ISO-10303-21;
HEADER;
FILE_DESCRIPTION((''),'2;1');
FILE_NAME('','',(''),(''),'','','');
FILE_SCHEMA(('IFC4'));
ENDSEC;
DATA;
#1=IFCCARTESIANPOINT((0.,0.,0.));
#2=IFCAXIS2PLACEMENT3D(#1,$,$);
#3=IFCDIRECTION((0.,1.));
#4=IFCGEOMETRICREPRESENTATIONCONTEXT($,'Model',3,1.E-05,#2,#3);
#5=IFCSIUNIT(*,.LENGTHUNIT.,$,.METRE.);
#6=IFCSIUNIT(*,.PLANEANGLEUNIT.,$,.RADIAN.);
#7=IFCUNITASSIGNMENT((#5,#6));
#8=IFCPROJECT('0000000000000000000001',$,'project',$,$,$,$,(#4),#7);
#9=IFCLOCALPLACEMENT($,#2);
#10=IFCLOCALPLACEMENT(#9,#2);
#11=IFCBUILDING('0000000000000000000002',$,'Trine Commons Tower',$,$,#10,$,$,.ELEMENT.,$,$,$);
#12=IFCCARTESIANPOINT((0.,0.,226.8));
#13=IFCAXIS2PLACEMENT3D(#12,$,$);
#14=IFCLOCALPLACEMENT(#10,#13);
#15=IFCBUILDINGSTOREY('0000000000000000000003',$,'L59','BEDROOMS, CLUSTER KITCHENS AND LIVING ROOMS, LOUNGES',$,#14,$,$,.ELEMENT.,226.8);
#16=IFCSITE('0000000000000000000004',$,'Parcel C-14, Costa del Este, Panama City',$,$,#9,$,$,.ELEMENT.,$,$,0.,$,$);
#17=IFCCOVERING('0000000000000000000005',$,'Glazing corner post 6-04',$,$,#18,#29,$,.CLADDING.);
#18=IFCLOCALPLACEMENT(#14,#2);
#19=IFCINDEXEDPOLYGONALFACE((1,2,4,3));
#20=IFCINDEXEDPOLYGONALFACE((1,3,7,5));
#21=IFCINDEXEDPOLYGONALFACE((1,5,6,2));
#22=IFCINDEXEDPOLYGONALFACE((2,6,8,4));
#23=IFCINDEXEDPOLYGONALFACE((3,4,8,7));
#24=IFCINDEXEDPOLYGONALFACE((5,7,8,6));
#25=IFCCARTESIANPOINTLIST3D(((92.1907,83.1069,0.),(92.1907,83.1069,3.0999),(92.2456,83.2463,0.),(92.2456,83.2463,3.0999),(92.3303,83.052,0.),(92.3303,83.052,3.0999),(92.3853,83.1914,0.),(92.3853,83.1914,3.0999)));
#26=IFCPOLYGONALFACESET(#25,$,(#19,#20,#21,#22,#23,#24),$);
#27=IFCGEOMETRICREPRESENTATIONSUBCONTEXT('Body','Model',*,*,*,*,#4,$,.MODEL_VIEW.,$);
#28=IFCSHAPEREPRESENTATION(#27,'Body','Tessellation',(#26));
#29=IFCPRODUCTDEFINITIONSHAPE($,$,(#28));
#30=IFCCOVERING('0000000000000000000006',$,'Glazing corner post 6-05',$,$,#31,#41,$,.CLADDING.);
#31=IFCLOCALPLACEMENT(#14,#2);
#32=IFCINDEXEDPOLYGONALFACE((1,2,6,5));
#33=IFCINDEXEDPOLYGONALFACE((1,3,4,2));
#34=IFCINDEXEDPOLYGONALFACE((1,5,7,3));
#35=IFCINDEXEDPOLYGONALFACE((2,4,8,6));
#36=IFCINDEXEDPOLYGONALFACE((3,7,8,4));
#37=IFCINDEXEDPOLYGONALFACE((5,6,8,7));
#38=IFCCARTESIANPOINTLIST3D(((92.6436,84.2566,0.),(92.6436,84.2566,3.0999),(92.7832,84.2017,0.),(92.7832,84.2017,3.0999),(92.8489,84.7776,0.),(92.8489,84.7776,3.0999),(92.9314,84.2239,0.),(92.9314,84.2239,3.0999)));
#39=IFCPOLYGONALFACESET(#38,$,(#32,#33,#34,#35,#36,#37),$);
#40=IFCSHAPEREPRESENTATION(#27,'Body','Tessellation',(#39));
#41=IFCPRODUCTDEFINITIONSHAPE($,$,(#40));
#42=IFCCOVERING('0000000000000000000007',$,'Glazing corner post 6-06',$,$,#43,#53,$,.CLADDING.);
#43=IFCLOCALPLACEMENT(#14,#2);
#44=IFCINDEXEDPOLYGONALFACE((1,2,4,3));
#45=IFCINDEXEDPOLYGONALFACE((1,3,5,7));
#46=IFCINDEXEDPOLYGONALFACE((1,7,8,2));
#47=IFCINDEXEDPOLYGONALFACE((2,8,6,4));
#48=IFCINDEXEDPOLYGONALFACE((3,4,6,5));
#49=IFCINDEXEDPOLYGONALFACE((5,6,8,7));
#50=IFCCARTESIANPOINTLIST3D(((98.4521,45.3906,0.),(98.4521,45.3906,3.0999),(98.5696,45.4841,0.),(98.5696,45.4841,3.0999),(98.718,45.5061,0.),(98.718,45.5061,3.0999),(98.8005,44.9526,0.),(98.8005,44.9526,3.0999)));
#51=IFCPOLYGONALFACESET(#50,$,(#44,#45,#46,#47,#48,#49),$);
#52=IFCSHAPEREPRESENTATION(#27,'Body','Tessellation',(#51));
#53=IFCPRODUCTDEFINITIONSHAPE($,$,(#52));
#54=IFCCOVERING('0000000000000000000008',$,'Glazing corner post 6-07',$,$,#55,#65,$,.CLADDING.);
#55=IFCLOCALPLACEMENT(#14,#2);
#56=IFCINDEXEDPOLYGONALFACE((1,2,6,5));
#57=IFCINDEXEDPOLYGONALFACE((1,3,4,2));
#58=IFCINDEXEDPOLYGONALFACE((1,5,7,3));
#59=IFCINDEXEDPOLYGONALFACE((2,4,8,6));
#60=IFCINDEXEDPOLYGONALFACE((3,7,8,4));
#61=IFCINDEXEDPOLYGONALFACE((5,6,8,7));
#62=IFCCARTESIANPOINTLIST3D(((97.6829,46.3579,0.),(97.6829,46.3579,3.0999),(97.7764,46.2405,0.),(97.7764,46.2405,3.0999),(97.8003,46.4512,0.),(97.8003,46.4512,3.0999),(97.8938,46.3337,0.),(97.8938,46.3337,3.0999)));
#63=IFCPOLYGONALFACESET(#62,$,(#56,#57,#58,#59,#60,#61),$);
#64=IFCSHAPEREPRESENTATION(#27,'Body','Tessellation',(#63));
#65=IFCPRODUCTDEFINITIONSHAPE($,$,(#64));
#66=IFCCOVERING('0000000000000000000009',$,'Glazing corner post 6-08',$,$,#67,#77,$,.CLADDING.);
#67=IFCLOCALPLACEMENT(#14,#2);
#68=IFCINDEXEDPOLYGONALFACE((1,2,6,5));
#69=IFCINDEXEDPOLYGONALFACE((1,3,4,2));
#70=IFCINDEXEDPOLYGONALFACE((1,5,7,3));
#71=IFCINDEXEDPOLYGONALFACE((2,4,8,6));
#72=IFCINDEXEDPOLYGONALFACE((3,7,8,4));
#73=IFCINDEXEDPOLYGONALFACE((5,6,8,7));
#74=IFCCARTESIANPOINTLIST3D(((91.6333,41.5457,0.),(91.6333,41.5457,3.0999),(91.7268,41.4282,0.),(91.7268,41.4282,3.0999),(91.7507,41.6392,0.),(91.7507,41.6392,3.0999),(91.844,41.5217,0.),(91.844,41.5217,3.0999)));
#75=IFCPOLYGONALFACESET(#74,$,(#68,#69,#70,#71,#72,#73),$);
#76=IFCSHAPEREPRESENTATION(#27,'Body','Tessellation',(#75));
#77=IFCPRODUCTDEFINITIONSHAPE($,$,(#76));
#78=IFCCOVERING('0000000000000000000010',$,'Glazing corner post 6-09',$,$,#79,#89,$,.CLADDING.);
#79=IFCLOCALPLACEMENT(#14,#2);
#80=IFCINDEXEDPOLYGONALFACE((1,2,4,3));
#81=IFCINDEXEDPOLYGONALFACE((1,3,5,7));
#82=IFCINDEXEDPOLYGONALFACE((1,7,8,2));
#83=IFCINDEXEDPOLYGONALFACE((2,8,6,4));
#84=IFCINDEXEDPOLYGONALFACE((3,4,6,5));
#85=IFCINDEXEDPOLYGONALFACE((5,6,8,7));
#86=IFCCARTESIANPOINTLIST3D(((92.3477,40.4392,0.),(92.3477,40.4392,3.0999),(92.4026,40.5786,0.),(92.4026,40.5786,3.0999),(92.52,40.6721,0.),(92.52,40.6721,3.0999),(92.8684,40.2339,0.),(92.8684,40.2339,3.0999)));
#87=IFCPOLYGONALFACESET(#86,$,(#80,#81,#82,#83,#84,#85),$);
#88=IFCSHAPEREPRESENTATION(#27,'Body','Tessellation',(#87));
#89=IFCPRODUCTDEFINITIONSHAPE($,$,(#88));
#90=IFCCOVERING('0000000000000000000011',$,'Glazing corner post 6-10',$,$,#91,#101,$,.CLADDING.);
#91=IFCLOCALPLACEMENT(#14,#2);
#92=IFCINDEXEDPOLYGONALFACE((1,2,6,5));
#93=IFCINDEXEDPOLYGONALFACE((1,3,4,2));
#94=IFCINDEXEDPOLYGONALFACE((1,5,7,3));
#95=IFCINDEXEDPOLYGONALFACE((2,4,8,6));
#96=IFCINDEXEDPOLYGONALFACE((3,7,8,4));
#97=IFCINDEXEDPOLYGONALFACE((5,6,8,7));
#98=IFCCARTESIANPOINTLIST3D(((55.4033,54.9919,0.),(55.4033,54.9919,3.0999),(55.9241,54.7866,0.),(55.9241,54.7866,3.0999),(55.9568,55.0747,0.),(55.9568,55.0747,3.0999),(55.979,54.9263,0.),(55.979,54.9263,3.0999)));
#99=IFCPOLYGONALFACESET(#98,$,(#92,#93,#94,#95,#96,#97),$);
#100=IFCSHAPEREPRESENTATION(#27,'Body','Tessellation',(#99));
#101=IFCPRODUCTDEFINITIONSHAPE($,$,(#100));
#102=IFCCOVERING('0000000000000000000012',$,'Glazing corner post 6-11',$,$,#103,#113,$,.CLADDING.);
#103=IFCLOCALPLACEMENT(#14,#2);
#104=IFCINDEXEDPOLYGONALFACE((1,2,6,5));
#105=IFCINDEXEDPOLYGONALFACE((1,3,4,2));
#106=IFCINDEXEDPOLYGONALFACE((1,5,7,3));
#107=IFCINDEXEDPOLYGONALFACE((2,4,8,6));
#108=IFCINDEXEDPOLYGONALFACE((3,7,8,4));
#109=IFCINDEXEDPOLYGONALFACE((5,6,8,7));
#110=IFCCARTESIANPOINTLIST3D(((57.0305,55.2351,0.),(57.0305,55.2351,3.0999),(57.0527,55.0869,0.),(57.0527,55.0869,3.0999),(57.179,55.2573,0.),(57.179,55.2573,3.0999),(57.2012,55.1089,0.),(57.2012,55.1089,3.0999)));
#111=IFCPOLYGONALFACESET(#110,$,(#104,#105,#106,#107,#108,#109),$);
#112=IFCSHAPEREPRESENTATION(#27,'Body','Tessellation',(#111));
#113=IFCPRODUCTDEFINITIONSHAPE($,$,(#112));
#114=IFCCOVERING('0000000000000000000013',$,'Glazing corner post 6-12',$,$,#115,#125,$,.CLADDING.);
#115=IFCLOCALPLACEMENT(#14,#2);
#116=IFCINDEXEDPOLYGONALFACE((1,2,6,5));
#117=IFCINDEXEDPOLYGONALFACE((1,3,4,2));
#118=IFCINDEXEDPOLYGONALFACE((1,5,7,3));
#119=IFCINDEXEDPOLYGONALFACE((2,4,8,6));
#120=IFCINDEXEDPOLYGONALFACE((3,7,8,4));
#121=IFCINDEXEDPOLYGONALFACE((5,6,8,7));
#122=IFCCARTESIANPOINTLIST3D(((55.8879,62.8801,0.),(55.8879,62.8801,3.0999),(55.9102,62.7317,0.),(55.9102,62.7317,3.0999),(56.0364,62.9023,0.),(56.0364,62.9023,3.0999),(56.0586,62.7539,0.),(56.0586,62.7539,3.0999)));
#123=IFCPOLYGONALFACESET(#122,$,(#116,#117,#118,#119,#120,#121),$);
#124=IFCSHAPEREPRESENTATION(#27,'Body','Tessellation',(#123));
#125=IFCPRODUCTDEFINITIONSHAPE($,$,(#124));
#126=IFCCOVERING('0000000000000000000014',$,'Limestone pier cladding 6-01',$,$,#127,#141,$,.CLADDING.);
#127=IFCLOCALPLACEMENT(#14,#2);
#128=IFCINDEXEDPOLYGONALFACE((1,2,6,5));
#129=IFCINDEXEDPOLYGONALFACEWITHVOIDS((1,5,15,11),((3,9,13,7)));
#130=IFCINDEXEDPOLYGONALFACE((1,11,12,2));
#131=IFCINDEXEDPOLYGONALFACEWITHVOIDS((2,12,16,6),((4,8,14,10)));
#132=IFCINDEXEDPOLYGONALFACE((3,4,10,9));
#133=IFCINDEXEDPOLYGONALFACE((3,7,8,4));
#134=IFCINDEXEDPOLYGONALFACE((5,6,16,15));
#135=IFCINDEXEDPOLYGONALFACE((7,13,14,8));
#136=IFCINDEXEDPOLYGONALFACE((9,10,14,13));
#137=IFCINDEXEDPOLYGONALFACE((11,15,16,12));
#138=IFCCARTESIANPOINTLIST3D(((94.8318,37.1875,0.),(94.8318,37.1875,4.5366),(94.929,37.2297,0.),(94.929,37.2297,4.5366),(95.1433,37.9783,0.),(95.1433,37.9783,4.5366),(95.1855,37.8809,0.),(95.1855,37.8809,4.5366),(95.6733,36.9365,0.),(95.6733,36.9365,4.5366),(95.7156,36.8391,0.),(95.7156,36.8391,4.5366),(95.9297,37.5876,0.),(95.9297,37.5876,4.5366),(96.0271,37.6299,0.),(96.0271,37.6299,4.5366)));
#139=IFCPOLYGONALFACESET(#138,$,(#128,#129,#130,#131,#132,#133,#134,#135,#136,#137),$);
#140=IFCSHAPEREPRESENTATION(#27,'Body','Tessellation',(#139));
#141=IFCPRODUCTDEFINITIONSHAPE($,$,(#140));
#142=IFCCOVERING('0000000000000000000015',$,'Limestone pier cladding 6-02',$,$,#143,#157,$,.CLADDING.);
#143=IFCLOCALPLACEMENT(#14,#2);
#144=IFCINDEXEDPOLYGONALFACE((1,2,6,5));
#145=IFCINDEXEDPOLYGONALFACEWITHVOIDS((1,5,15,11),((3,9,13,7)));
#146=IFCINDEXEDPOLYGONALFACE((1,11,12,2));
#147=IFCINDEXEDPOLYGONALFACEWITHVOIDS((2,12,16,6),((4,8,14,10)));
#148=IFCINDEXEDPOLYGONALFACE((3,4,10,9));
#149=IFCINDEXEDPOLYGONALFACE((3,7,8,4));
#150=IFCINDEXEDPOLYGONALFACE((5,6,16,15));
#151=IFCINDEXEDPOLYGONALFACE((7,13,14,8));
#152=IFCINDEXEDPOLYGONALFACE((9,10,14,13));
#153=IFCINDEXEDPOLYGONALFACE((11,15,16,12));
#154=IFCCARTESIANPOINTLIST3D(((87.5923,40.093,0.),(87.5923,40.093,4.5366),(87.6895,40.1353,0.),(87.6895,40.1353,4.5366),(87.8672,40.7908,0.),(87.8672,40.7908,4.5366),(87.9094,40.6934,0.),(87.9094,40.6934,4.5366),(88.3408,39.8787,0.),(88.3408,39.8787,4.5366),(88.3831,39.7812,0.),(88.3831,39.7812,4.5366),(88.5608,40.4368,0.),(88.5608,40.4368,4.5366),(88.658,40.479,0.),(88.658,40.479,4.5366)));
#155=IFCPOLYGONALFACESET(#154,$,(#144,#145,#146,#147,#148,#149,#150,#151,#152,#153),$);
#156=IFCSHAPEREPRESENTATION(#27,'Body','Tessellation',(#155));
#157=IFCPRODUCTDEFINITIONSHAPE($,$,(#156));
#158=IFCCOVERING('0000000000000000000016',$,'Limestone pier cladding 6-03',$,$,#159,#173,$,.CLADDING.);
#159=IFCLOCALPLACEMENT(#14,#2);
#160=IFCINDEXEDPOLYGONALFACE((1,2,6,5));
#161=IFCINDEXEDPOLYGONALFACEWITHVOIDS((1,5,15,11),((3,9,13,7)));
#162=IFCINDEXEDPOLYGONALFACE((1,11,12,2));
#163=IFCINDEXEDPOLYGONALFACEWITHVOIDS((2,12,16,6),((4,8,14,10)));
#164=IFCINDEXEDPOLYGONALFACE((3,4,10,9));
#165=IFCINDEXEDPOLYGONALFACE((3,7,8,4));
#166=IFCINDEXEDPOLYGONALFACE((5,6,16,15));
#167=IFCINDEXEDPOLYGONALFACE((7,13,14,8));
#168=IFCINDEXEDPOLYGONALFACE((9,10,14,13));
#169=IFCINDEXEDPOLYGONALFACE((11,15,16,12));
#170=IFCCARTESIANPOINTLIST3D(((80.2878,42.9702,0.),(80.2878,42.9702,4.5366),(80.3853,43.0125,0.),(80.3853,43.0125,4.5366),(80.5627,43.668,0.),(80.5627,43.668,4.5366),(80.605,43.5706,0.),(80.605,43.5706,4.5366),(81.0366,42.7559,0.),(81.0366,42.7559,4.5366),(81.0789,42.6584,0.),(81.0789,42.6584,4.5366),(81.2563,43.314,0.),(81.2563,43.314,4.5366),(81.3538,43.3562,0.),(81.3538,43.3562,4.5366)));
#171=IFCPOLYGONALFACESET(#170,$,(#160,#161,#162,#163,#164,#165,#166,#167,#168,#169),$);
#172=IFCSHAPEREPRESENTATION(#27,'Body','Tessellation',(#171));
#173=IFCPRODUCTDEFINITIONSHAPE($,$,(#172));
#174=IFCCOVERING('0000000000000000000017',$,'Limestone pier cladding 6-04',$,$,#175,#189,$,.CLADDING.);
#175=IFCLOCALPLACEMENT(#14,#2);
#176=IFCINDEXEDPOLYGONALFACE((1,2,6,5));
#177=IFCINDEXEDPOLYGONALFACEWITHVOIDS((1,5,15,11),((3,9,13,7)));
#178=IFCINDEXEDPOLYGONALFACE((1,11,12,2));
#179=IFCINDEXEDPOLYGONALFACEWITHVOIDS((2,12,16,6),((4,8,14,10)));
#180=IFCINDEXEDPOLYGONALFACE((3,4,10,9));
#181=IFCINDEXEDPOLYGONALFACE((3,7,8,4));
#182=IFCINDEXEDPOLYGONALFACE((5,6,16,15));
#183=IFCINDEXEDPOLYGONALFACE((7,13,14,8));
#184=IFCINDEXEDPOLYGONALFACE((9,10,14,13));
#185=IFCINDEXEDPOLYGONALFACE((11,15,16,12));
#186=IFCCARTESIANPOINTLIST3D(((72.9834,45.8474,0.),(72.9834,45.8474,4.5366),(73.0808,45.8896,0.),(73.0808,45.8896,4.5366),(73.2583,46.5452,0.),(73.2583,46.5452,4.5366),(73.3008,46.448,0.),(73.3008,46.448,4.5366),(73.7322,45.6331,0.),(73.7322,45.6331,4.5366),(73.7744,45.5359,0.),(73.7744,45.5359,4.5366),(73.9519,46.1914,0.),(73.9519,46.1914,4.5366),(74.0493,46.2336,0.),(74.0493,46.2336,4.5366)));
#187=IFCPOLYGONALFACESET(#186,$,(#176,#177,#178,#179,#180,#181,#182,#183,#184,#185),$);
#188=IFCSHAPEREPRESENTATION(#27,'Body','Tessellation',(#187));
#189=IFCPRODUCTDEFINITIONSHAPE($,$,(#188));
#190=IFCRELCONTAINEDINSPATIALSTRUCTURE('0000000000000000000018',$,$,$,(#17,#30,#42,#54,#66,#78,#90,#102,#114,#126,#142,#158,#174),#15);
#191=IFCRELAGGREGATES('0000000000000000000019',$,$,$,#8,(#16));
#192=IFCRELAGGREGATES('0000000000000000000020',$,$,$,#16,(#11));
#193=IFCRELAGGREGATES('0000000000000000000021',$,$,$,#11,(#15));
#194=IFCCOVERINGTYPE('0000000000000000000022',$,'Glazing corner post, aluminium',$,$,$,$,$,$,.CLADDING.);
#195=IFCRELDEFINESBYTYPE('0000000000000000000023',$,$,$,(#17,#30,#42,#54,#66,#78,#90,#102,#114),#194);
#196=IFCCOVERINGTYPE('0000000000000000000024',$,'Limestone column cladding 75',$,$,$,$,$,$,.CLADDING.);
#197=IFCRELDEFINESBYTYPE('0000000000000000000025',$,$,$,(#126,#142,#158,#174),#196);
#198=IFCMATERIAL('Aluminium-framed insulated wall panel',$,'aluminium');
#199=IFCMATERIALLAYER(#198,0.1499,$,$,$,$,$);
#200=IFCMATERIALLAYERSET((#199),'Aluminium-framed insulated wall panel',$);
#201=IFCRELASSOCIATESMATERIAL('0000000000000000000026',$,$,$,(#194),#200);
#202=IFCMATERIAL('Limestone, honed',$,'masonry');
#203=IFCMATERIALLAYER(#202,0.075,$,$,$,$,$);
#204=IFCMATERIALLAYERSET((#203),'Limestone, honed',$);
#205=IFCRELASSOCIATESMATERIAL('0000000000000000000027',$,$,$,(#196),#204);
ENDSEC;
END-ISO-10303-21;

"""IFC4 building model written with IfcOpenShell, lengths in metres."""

from ifc_helpers import new_model, si_unit, direction, frame, origin, place, context, subcontext, project, spatial, polyline, outline, extrude, material, layer, layer_set, type_object, element, save


model = new_model("IFC4")

# Units and contexts
model_context = context("Model", 3, precision=1e-05, world=origin(), true_north=direction((0.0, 1.0)))
body_context = subcontext(model_context, "Body", "Model", "MODEL_VIEW")
ifc_project = project(units=[si_unit("LENGTHUNIT", "METRE"), si_unit("PLANEANGLEUNIT", "RADIAN")], contexts=[model_context])

# Site, building, storey
site_placement = place(None, origin())
site = spatial("IfcSite", under=ifc_project, at=site_placement, Name="Parcel C-14, Costa del Este, Panama City", CompositionType="ELEMENT", RefElevation=0.0)
building_placement = place(site_placement, origin())
building = spatial("IfcBuilding", under=site, at=building_placement, Name="Trine Commons Tower", CompositionType="ELEMENT")
storey_placement = place(building_placement, frame((0.0, 0.0, 226.8)))
storey = spatial("IfcBuildingStorey", under=building, at=storey_placement, Name="L59", Description="BEDROOMS, CLUSTER KITCHENS AND LIVING ROOMS, LOUNGES", CompositionType="ELEMENT", Elevation=226.8)

# Coverings
ifc_material_1 = material(Name="Aluminium-framed insulated wall panel", Category="aluminium")
ifc_layer_1 = layer(ifc_material_1, 0.1499)
ifc_layer_set_1 = layer_set([ifc_layer_1], Name="Aluminium-framed insulated wall panel")
covering_type_1 = type_object("IfcCoveringType", Name="Glazing corner post, aluminium", PredefinedType="CLADDING", material=ifc_layer_set_1)
covering_1_placement = place(storey_placement, origin())
element("IfcCovering", 1, at=covering_1_placement, inside=storey, type_object=covering_type_1, Name="Glazing corner post 6-04", PredefinedType="CLADDING", context=body_context, shape_type="SweptSolid", body=[
    extrude(outline(polyline([(92.1907, 83.1069), (92.3303, 83.052), (92.3853, 83.1914), (92.2456, 83.2463), (92.1907, 83.1069)])), origin(), (0.0, 0.0, 1.0), 3.0999),
])
covering_2_placement = place(storey_placement, origin())
element("IfcCovering", 2, at=covering_2_placement, inside=storey, type_object=covering_type_1, Name="Glazing corner post 6-05", PredefinedType="CLADDING", context=body_context, shape_type="SweptSolid", body=[
    extrude(outline(polyline([(92.6436, 84.2566), (92.7832, 84.2017), (92.9314, 84.2239), (92.8489, 84.7776), (92.6436, 84.2566)])), origin(), (0.0, 0.0, 1.0), 3.0999),
])
covering_3_placement = place(storey_placement, origin())
element("IfcCovering", 3, at=covering_3_placement, inside=storey, type_object=covering_type_1, Name="Glazing corner post 6-06", PredefinedType="CLADDING", context=body_context, shape_type="SweptSolid", body=[
    extrude(outline(polyline([(98.4521, 45.3906), (98.8005, 44.9526), (98.718, 45.5061), (98.5696, 45.4841), (98.4521, 45.3906)])), origin(), (0.0, 0.0, 1.0), 3.0999),
])
covering_4_placement = place(storey_placement, origin())
element("IfcCovering", 4, at=covering_4_placement, inside=storey, type_object=covering_type_1, Name="Glazing corner post 6-07", PredefinedType="CLADDING", context=body_context, shape_type="SweptSolid", body=[
    extrude(outline(polyline([(97.6829, 46.3579), (97.7764, 46.2405), (97.7764, 46.2405), (97.8938, 46.3337), (97.8003, 46.4512), (97.8003, 46.4512), (97.6829, 46.3579)])), origin(), (0.0, 0.0, 1.0), 3.0999),
])
covering_5_placement = place(storey_placement, origin())
element("IfcCovering", 5, at=covering_5_placement, inside=storey, type_object=covering_type_1, Name="Glazing corner post 6-08", PredefinedType="CLADDING", context=body_context, shape_type="SweptSolid", body=[
    extrude(outline(polyline([(91.7268, 41.4282), (91.844, 41.5217), (91.7507, 41.6392), (91.6333, 41.5457), (91.7268, 41.4282)])), origin(), (0.0, 0.0, 1.0), 3.0999),
])
covering_6_placement = place(storey_placement, origin())
element("IfcCovering", 6, at=covering_6_placement, inside=storey, type_object=covering_type_1, Name="Glazing corner post 6-09", PredefinedType="CLADDING", context=body_context, shape_type="SweptSolid", body=[
    extrude(outline(polyline([(92.3477, 40.4392), (92.8684, 40.2339), (92.52, 40.6721), (92.4026, 40.5786), (92.3477, 40.4392)])), origin(), (0.0, 0.0, 1.0), 3.0999),
])
covering_7_placement = place(storey_placement, origin())
element("IfcCovering", 7, at=covering_7_placement, inside=storey, type_object=covering_type_1, Name="Glazing corner post 6-10", PredefinedType="CLADDING", context=body_context, shape_type="SweptSolid", body=[
    extrude(outline(polyline([(55.9241, 54.7866), (55.979, 54.9263), (55.9568, 55.0747), (55.4033, 54.9919), (55.9241, 54.7866)])), origin(), (0.0, 0.0, 1.0), 3.0999),
])
covering_8_placement = place(storey_placement, origin())
element("IfcCovering", 8, at=covering_8_placement, inside=storey, type_object=covering_type_1, Name="Glazing corner post 6-11", PredefinedType="CLADDING", context=body_context, shape_type="SweptSolid", body=[
    extrude(outline(polyline([(57.0305, 55.2351), (57.0527, 55.0869), (57.2012, 55.1089), (57.179, 55.2573), (57.0305, 55.2351)])), origin(), (0.0, 0.0, 1.0), 3.0999),
])
covering_9_placement = place(storey_placement, origin())
element("IfcCovering", 9, at=covering_9_placement, inside=storey, type_object=covering_type_1, Name="Glazing corner post 6-12", PredefinedType="CLADDING", context=body_context, shape_type="SweptSolid", body=[
    extrude(outline(polyline([(55.9102, 62.7317), (55.9102, 62.7317), (56.0586, 62.7539), (56.0364, 62.9023), (55.8879, 62.8801), (55.9102, 62.7317)])), origin(), (0.0, 0.0, 1.0), 3.0999),
])
ifc_material_2 = material(Name="Limestone, honed", Category="masonry")
ifc_layer_2 = layer(ifc_material_2, 0.075)
ifc_layer_set_2 = layer_set([ifc_layer_2], Name="Limestone, honed")
covering_type_2 = type_object("IfcCoveringType", Name="Limestone column cladding 75", PredefinedType="CLADDING", material=ifc_layer_set_2)
covering_10_placement = place(storey_placement, origin())
element("IfcCovering", 10, at=covering_10_placement, inside=storey, type_object=covering_type_2, Name="Limestone pier cladding 6-01", PredefinedType="CLADDING", context=body_context, shape_type="SweptSolid", body=[
    extrude(outline(polyline([(95.1433, 37.9783), (94.8318, 37.1875), (95.7156, 36.8391), (96.0271, 37.6299), (95.1433, 37.9783)]), holes=[polyline([(95.1855, 37.8809), (94.929, 37.2297), (95.6733, 36.9365), (95.9297, 37.5876), (95.1855, 37.8809)])]), origin(), (0.0, 0.0, 1.0), 4.5366),
])
covering_11_placement = place(storey_placement, origin())
element("IfcCovering", 11, at=covering_11_placement, inside=storey, type_object=covering_type_2, Name="Limestone pier cladding 6-02", PredefinedType="CLADDING", context=body_context, shape_type="SweptSolid", body=[
    extrude(outline(polyline([(87.8672, 40.7908), (87.5923, 40.093), (88.3831, 39.7812), (88.658, 40.479), (87.8672, 40.7908)]), holes=[polyline([(87.9094, 40.6934), (87.6895, 40.1353), (88.3408, 39.8787), (88.5608, 40.4368), (87.9094, 40.6934)])]), origin(), (0.0, 0.0, 1.0), 4.5366),
])
covering_12_placement = place(storey_placement, origin())
element("IfcCovering", 12, at=covering_12_placement, inside=storey, type_object=covering_type_2, Name="Limestone pier cladding 6-03", PredefinedType="CLADDING", context=body_context, shape_type="SweptSolid", body=[
    extrude(outline(polyline([(80.5627, 43.668), (80.2878, 42.9702), (81.0789, 42.6584), (81.3538, 43.3562), (80.5627, 43.668)]), holes=[polyline([(80.605, 43.5706), (80.3853, 43.0125), (81.0366, 42.7559), (81.2563, 43.314), (80.605, 43.5706)])]), origin(), (0.0, 0.0, 1.0), 4.5366),
])
covering_13_placement = place(storey_placement, origin())
element("IfcCovering", 13, at=covering_13_placement, inside=storey, type_object=covering_type_2, Name="Limestone pier cladding 6-04", PredefinedType="CLADDING", context=body_context, shape_type="SweptSolid", body=[
    extrude(outline(polyline([(73.2583, 46.5452), (72.9834, 45.8474), (73.7744, 45.5359), (74.0493, 46.2336), (73.2583, 46.5452)]), holes=[polyline([(73.3008, 46.448), (73.0808, 45.8896), (73.7322, 45.6331), (73.9519, 46.1914), (73.3008, 46.448)])]), origin(), (0.0, 0.0, 1.0), 4.5366),
])

save(model, "model.ifc")
